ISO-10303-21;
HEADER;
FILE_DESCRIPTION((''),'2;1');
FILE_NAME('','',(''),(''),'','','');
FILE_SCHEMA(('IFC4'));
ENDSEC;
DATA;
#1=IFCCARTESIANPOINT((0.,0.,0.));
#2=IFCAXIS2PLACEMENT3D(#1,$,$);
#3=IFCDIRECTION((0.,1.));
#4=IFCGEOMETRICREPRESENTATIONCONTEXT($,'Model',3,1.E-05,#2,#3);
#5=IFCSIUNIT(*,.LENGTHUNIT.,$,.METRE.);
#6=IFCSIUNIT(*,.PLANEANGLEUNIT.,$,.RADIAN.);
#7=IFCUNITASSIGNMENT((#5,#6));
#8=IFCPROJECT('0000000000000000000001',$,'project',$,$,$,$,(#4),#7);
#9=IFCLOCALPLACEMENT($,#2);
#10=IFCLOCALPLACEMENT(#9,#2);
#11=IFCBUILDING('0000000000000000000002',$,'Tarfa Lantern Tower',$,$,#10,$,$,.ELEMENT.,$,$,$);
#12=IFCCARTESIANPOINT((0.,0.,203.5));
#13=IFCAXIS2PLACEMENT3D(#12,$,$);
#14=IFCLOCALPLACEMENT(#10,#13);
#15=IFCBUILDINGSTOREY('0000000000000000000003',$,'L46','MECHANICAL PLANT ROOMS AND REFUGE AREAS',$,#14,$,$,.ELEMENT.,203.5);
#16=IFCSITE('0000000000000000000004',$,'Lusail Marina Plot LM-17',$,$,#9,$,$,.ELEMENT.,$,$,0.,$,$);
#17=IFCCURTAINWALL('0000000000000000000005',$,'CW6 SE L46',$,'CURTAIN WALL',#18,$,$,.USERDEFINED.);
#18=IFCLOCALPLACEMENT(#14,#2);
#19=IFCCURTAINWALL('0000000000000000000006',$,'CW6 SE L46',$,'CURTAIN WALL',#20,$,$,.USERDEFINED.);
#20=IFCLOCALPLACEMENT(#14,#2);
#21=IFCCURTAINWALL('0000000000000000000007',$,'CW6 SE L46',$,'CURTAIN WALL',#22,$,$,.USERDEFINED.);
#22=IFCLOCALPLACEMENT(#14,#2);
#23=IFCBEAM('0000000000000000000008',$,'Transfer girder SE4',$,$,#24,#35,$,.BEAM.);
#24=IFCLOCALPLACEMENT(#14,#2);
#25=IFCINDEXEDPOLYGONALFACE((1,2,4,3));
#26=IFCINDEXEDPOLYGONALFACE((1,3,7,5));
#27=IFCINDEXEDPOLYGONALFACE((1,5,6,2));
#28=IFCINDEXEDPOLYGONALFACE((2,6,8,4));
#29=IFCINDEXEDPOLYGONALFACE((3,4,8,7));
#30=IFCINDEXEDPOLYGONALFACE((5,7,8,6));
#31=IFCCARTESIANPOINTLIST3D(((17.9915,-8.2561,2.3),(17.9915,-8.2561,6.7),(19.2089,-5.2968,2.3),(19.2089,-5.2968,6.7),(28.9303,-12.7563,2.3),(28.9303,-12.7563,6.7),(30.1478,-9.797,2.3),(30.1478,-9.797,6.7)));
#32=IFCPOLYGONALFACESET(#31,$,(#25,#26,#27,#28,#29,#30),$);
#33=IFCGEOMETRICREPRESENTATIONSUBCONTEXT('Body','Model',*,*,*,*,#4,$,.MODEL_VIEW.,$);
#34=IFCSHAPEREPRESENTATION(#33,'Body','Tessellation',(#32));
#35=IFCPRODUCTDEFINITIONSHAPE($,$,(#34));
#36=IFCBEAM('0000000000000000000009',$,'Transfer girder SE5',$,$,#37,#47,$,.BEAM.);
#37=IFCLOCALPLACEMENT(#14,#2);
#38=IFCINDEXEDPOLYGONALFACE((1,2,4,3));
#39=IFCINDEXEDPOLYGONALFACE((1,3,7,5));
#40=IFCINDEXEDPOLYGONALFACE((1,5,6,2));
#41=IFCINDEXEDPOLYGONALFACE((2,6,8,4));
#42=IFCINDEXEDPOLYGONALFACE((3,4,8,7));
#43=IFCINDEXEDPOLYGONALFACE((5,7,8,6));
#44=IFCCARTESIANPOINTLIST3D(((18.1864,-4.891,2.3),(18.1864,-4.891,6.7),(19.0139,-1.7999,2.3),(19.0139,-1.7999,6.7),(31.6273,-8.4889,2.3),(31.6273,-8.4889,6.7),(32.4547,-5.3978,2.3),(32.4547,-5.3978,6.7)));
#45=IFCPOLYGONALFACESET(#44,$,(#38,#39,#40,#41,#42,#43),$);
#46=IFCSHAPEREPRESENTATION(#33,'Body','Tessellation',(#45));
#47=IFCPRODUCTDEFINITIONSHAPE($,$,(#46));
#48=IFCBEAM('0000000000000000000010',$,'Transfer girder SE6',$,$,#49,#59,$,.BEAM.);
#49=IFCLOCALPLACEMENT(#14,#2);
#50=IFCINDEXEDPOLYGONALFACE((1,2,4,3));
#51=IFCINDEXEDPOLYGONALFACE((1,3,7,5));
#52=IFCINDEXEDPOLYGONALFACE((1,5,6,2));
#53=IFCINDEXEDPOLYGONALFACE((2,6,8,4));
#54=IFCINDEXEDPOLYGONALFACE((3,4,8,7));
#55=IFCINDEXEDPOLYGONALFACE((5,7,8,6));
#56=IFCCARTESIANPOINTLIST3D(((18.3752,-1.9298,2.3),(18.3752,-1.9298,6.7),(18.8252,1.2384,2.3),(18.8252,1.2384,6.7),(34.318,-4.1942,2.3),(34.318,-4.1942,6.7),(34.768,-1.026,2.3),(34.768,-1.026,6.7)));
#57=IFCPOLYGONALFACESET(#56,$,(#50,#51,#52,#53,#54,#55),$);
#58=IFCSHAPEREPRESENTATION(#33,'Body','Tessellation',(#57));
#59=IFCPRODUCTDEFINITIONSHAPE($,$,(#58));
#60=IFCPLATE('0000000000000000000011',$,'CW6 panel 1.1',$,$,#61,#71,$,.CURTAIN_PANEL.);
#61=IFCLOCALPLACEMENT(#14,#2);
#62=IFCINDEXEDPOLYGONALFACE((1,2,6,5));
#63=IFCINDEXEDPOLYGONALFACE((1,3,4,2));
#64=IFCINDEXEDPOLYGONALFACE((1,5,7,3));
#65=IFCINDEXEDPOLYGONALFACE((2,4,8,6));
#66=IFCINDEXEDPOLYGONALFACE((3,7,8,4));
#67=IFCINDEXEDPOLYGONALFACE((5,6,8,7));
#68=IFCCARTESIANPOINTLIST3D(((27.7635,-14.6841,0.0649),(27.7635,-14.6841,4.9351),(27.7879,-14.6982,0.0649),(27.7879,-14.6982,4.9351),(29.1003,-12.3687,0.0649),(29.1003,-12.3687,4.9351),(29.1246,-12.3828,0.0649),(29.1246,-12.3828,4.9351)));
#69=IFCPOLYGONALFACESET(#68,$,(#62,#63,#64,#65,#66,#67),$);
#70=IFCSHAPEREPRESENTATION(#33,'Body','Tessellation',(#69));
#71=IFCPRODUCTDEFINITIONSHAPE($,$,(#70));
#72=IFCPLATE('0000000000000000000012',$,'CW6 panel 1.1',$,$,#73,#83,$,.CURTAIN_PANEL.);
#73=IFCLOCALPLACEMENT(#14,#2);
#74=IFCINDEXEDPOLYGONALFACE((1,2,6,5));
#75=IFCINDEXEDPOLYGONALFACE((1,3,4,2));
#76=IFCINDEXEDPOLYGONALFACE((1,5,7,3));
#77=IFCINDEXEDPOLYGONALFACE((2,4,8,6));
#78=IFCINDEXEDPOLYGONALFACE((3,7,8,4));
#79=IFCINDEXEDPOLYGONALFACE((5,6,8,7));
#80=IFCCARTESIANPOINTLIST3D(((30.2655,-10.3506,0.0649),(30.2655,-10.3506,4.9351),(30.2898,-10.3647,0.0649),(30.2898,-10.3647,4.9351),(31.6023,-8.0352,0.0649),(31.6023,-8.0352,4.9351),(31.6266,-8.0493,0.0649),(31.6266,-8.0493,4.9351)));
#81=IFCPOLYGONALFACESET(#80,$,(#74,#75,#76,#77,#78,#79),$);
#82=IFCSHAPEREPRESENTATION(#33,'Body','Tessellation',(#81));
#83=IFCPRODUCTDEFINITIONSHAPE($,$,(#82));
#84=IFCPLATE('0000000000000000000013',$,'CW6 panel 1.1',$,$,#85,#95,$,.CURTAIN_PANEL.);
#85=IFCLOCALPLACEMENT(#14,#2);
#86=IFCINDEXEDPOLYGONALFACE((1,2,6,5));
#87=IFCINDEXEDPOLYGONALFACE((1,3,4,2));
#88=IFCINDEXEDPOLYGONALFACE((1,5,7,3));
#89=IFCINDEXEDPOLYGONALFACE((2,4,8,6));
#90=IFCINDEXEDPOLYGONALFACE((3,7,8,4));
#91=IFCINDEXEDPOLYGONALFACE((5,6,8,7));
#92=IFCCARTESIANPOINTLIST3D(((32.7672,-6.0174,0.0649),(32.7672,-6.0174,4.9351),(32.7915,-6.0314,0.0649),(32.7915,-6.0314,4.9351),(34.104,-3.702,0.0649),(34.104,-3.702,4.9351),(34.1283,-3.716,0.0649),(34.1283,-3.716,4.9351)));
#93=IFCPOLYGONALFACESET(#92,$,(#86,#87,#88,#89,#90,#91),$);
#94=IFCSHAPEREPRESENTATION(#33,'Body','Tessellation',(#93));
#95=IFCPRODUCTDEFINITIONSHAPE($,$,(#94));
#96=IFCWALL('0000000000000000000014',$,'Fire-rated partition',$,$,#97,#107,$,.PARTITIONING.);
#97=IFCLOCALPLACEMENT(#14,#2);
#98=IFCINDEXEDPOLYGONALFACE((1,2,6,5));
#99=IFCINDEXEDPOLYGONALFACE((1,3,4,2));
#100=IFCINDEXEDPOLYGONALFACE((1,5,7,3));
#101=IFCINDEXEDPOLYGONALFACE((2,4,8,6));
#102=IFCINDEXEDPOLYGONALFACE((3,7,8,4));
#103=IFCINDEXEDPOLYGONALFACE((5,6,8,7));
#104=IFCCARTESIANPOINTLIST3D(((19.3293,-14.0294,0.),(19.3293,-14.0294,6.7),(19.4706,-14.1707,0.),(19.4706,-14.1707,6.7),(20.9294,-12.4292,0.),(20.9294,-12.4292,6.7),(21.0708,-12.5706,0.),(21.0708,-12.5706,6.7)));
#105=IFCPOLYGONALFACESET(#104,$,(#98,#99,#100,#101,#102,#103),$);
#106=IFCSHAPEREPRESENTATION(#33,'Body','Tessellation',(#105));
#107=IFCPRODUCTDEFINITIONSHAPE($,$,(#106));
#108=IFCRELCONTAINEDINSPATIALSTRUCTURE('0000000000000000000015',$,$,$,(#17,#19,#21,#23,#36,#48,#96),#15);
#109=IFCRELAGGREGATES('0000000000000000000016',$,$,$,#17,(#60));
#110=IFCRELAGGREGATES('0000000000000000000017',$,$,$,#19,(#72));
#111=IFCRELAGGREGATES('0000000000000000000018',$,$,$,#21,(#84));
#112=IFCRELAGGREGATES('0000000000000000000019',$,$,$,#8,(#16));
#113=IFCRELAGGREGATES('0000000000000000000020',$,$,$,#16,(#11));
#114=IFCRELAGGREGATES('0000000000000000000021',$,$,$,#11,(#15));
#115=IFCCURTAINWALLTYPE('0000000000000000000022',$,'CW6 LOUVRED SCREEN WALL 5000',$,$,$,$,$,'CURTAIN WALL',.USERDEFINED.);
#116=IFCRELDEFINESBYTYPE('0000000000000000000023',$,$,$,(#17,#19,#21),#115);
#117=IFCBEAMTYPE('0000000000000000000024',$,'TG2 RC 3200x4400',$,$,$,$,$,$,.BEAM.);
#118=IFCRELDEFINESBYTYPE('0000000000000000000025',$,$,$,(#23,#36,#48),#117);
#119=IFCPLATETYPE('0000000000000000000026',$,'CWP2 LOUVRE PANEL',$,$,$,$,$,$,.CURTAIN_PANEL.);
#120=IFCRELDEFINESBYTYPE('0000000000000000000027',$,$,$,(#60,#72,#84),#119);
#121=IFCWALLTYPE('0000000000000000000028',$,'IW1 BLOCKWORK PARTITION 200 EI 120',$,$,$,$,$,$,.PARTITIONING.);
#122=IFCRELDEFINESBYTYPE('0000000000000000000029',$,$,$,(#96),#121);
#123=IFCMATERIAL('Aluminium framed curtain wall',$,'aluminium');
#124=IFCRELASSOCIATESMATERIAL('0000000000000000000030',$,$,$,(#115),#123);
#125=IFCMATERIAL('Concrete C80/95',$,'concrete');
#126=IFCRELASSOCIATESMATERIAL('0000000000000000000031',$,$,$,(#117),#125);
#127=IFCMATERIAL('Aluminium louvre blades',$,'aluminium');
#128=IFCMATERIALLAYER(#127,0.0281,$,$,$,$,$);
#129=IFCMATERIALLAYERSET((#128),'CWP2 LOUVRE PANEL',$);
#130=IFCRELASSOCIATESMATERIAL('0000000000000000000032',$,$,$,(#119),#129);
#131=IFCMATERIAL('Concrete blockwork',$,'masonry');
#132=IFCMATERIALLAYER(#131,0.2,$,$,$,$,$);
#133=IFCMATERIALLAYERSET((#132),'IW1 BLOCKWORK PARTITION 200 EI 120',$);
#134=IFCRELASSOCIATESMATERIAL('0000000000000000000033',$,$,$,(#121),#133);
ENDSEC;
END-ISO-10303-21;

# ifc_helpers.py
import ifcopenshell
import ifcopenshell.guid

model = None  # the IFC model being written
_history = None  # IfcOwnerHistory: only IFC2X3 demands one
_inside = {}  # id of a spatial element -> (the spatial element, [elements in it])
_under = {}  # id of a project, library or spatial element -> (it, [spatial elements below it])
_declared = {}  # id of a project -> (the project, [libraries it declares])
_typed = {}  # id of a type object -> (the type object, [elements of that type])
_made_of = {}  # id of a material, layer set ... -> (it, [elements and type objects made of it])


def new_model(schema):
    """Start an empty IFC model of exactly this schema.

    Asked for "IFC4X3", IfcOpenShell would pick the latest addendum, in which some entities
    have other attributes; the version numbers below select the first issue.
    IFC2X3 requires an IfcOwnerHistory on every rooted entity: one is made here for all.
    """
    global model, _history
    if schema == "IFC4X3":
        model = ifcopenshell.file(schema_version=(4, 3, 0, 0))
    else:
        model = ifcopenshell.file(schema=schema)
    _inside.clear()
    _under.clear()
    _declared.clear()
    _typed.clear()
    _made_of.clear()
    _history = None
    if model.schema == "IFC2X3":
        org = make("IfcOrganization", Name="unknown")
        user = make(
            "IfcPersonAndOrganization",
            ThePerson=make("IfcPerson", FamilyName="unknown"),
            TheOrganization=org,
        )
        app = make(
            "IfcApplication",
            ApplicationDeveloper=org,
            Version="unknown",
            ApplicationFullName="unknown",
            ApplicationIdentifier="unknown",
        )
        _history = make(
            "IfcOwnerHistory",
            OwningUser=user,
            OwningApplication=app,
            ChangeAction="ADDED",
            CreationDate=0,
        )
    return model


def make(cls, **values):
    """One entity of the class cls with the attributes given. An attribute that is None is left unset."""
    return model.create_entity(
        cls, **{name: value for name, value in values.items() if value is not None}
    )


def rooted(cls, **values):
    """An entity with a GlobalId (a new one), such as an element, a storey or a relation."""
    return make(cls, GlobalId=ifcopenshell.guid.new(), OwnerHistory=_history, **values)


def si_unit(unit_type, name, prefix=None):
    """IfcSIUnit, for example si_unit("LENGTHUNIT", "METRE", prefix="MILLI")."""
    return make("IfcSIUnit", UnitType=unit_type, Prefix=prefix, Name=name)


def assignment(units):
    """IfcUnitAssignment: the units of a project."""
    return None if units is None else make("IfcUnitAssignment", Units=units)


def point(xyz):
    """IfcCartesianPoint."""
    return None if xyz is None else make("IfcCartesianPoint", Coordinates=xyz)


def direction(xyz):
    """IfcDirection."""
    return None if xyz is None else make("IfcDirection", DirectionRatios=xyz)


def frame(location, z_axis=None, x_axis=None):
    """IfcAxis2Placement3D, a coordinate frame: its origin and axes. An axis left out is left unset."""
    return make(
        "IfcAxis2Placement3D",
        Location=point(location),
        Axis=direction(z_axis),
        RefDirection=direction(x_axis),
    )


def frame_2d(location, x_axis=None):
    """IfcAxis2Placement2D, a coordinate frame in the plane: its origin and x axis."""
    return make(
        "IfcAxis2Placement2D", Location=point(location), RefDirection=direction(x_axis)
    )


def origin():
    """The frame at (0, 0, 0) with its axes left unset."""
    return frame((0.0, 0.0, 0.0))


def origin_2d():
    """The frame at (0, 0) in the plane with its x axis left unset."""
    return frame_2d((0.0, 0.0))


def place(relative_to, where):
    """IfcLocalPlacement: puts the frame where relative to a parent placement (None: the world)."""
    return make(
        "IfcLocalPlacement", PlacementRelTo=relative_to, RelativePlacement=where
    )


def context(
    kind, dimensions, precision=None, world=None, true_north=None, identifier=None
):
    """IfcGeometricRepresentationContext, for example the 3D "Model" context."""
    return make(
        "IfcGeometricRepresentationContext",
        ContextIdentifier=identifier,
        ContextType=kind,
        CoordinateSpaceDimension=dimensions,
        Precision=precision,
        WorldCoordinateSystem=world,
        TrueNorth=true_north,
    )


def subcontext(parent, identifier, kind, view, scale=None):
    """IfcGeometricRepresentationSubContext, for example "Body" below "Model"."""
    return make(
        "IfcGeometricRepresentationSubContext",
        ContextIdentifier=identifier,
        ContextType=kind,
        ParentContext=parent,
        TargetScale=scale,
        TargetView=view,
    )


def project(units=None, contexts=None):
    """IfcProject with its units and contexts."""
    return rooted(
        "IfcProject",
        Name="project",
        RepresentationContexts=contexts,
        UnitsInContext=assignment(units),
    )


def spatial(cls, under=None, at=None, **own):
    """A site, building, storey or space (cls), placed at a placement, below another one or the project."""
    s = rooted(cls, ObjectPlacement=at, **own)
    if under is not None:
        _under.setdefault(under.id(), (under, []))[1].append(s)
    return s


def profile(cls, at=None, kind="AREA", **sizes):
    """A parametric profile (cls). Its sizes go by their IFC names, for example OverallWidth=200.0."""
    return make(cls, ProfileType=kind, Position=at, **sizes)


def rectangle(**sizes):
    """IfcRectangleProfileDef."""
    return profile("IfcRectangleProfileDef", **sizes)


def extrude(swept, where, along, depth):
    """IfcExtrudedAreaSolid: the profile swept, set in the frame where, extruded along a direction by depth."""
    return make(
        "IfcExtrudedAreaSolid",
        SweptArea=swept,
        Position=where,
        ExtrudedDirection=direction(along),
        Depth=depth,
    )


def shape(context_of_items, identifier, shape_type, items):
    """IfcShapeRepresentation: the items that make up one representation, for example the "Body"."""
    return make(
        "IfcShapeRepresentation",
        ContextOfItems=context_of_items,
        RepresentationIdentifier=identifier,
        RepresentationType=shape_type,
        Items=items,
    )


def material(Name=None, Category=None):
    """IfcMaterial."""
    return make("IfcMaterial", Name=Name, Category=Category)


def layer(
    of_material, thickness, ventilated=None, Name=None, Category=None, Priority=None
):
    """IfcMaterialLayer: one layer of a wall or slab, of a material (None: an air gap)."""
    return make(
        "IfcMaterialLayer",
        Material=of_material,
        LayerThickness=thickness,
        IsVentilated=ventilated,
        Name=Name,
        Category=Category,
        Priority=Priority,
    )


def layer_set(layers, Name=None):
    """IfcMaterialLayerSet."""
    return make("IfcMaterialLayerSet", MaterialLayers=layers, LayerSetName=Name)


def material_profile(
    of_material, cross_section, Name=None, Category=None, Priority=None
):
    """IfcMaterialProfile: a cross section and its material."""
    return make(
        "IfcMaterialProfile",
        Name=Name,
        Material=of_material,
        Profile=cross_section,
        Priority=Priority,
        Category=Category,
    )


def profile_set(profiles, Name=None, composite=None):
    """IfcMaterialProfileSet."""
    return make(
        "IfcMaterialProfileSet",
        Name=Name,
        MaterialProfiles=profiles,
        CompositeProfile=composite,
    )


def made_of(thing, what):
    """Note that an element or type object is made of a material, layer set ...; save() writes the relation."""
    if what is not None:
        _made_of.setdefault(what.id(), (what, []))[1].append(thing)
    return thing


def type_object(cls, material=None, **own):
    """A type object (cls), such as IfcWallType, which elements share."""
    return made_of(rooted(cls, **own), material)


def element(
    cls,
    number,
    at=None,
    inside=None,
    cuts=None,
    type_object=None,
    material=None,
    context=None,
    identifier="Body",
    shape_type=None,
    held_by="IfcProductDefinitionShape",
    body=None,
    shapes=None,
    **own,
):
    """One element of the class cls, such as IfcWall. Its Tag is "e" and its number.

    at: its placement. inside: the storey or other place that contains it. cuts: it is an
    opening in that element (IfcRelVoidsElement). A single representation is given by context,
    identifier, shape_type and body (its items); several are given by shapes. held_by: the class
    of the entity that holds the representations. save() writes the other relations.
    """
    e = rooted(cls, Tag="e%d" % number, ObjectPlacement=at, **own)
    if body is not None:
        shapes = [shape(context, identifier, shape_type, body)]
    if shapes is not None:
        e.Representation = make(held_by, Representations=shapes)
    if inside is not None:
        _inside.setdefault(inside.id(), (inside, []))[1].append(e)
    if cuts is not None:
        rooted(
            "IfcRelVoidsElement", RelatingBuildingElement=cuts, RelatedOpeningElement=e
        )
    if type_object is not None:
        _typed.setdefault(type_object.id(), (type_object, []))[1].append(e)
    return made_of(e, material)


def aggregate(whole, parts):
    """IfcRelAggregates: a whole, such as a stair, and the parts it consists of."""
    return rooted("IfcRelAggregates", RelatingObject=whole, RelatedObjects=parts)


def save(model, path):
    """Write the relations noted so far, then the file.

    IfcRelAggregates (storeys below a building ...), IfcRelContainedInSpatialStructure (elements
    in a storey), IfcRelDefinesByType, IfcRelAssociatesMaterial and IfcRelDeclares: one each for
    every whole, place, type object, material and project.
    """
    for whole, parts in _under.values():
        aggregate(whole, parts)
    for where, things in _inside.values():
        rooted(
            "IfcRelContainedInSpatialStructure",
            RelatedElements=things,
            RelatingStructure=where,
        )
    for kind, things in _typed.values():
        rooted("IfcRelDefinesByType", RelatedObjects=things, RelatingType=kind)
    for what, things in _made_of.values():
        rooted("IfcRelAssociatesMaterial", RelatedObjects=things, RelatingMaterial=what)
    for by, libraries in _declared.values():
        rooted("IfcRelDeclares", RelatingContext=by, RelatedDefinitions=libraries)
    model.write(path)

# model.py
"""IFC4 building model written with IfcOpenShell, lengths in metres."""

from ifc_helpers import new_model, si_unit, direction, frame, frame_2d, origin, origin_2d, place, context, subcontext, project, spatial, rectangle, extrude, material, layer, layer_set, material_profile, profile_set, type_object, element, aggregate, save


model = new_model("IFC4")

# Units and contexts
model_context = context("Model", 3, precision=1e-05, world=origin(), true_north=direction((0.0, 1.0)))
body_context = subcontext(model_context, "Body", "Model", "MODEL_VIEW")
ifc_project = project(units=[si_unit("LENGTHUNIT", "METRE"), si_unit("PLANEANGLEUNIT", "RADIAN")], contexts=[model_context])

# Site, building, storey
site_placement = place(None, origin())
site = spatial("IfcSite", under=ifc_project, at=site_placement, Name="Lusail Marina Plot LM-17", CompositionType="ELEMENT", RefElevation=0.0)
building_placement = place(site_placement, origin())
building = spatial("IfcBuilding", under=site, at=building_placement, Name="Tarfa Lantern Tower", CompositionType="ELEMENT")
storey_placement = place(building_placement, frame((0.0, 0.0, 203.5)))
storey = spatial("IfcBuildingStorey", under=building, at=storey_placement, Name="L46", Description="MECHANICAL PLANT ROOMS AND REFUGE AREAS", CompositionType="ELEMENT", Elevation=203.5)

# Shared definitions
ifc_material_1 = material(Name="Concrete C80/95", Category="concrete")

# Curtain walls
ifc_material_2 = material(Name="Aluminium framed curtain wall", Category="aluminium")
curtain_wall_type = type_object("IfcCurtainWallType", Name="CW6 LOUVRED SCREEN WALL 5000", ElementType="CURTAIN WALL", PredefinedType="USERDEFINED", material=ifc_material_2)
curtain_wall_1_placement = place(storey_placement, origin())
curtain_wall_1 = element("IfcCurtainWall", 1, at=curtain_wall_1_placement, inside=storey, type_object=curtain_wall_type, Name="CW6 SE L46", ObjectType="CURTAIN WALL", PredefinedType="USERDEFINED")
curtain_wall_2_placement = place(storey_placement, origin())
curtain_wall_2 = element("IfcCurtainWall", 2, at=curtain_wall_2_placement, inside=storey, type_object=curtain_wall_type, Name="CW6 SE L46", ObjectType="CURTAIN WALL", PredefinedType="USERDEFINED")
curtain_wall_3_placement = place(storey_placement, origin())
curtain_wall_3 = element("IfcCurtainWall", 3, at=curtain_wall_3_placement, inside=storey, type_object=curtain_wall_type, Name="CW6 SE L46", ObjectType="CURTAIN WALL", PredefinedType="USERDEFINED")

# Beams
ifc_material_profile_1 = material_profile(ifc_material_1, rectangle(XDim=3.2, YDim=4.3999, at=origin_2d()), Name="RC 3200x4400")
ifc_profile_set_1 = profile_set([ifc_material_profile_1], Name="Concrete C80/95")
beam_type_1 = type_object("IfcBeamType", Name="TG2 RC 3200x4400", PredefinedType="BEAM", material=ifc_profile_set_1)
beam_1_placement = place(storey_placement, frame((29.5391, -11.2766, 4.5), z_axis=(-0.924798, 0.380458, 0.0), x_axis=(-0.380458, -0.924798, 0.0)))
element("IfcBeam", 4, at=beam_1_placement, inside=storey, type_object=beam_type_1, Name="Transfer girder SE4", PredefinedType="BEAM", context=body_context, shape_type="SweptSolid", body=[
    extrude(rectangle(XDim=3.2, YDim=4.3999, at=origin_2d()), origin(), (0.0, 0.0, 1.0), 11.8284),
])
beam_2_placement = place(storey_placement, frame((32.041, -6.9434, 4.5), z_axis=(-0.96599, 0.258579, 0.0), x_axis=(-0.258579, -0.96599, 0.0)))
element("IfcBeam", 5, at=beam_2_placement, inside=storey, type_object=beam_type_1, Name="Transfer girder SE5", PredefinedType="BEAM", context=body_context, shape_type="SweptSolid", body=[
    extrude(rectangle(XDim=3.2, YDim=4.3999, at=origin_2d()), origin(), (0.0, 0.0, 1.0), 13.9141),
])
beam_3_placement = place(storey_placement, frame((34.543, -2.6101, 4.5), z_axis=(-0.990063, 0.140621, 0.0), x_axis=(-0.140621, -0.990063, 0.0)))
element("IfcBeam", 6, at=beam_3_placement, inside=storey, type_object=beam_type_1, Name="Transfer girder SE6", PredefinedType="BEAM", context=body_context, shape_type="SweptSolid", body=[
    extrude(rectangle(XDim=3.2, YDim=4.3999, at=origin_2d()), origin(), (0.0, 0.0, 1.0), 16.1028),
])

# Plates
ifc_material_3 = material(Name="Aluminium louvre blades", Category="aluminium")
ifc_layer_1 = layer(ifc_material_3, 0.0281)
ifc_layer_set_1 = layer_set([ifc_layer_1], Name="CWP2 LOUVRE PANEL")
plate_type = type_object("IfcPlateType", Name="CWP2 LOUVRE PANEL", PredefinedType="CURTAIN_PANEL", material=ifc_layer_set_1)
plate_1_placement = place(storey_placement, frame((28.4441, -13.5334, 0.0649), z_axis=(0.0, 0.0, 1.0), x_axis=(0.5, 0.866025, 0.0)))
plate_1 = element("IfcPlate", 7, at=plate_1_placement, type_object=plate_type, Name="CW6 panel 1.1", PredefinedType="CURTAIN_PANEL", context=body_context, shape_type="SweptSolid", body=[
    extrude(rectangle(XDim=2.6736, YDim=0.0281, at=origin_2d()), origin(), (0.0, 0.0, 1.0), 4.8701),
])
aggregate(curtain_wall_1, [plate_1])
plate_2_placement = place(storey_placement, frame((30.946, -9.2, 0.0649), z_axis=(0.0, 0.0, 1.0), x_axis=(0.5, 0.866025, 0.0)))
plate_2 = element("IfcPlate", 8, at=plate_2_placement, type_object=plate_type, Name="CW6 panel 1.1", PredefinedType="CURTAIN_PANEL", context=body_context, shape_type="SweptSolid", body=[
    extrude(rectangle(XDim=2.6736, YDim=0.0281, at=origin_2d()), origin(), (0.0, 0.0, 1.0), 4.8701),
])
aggregate(curtain_wall_2, [plate_2])
plate_3_placement = place(storey_placement, frame((33.4478, -4.8667, 0.0649), z_axis=(0.0, 0.0, 1.0), x_axis=(0.5, 0.866025, 0.0)))
plate_3 = element("IfcPlate", 9, at=plate_3_placement, type_object=plate_type, Name="CW6 panel 1.1", PredefinedType="CURTAIN_PANEL", context=body_context, shape_type="SweptSolid", body=[
    extrude(rectangle(XDim=2.6736, YDim=0.0281, at=origin_2d()), origin(), (0.0, 0.0, 1.0), 4.8701),
])
aggregate(curtain_wall_3, [plate_3])

# Wall
ifc_material_4 = material(Name="Concrete blockwork", Category="masonry")
ifc_layer_2 = layer(ifc_material_4, 0.2)
ifc_layer_set_2 = layer_set([ifc_layer_2], Name="IW1 BLOCKWORK PARTITION 200 EI 120")
wall_type = type_object("IfcWallType", Name="IW1 BLOCKWORK PARTITION 200 EI 120", PredefinedType="PARTITIONING", material=ifc_layer_set_2)
wall_placement = place(storey_placement, frame((21.0, -12.5, 0.0), z_axis=(0.0, 0.0, 1.0), x_axis=(-0.707107, -0.707107, 0.0)))
element("IfcWall", 10, at=wall_placement, inside=storey, type_object=wall_type, Name="Fire-rated partition", PredefinedType="PARTITIONING", context=body_context, shape_type="SweptSolid", body=[
    extrude(rectangle(XDim=2.2629, YDim=0.2, at=frame_2d((1.1313, 0.0))), origin(), (0.0, 0.0, 1.0), 6.7),
])

save(model, "model.ifc")
